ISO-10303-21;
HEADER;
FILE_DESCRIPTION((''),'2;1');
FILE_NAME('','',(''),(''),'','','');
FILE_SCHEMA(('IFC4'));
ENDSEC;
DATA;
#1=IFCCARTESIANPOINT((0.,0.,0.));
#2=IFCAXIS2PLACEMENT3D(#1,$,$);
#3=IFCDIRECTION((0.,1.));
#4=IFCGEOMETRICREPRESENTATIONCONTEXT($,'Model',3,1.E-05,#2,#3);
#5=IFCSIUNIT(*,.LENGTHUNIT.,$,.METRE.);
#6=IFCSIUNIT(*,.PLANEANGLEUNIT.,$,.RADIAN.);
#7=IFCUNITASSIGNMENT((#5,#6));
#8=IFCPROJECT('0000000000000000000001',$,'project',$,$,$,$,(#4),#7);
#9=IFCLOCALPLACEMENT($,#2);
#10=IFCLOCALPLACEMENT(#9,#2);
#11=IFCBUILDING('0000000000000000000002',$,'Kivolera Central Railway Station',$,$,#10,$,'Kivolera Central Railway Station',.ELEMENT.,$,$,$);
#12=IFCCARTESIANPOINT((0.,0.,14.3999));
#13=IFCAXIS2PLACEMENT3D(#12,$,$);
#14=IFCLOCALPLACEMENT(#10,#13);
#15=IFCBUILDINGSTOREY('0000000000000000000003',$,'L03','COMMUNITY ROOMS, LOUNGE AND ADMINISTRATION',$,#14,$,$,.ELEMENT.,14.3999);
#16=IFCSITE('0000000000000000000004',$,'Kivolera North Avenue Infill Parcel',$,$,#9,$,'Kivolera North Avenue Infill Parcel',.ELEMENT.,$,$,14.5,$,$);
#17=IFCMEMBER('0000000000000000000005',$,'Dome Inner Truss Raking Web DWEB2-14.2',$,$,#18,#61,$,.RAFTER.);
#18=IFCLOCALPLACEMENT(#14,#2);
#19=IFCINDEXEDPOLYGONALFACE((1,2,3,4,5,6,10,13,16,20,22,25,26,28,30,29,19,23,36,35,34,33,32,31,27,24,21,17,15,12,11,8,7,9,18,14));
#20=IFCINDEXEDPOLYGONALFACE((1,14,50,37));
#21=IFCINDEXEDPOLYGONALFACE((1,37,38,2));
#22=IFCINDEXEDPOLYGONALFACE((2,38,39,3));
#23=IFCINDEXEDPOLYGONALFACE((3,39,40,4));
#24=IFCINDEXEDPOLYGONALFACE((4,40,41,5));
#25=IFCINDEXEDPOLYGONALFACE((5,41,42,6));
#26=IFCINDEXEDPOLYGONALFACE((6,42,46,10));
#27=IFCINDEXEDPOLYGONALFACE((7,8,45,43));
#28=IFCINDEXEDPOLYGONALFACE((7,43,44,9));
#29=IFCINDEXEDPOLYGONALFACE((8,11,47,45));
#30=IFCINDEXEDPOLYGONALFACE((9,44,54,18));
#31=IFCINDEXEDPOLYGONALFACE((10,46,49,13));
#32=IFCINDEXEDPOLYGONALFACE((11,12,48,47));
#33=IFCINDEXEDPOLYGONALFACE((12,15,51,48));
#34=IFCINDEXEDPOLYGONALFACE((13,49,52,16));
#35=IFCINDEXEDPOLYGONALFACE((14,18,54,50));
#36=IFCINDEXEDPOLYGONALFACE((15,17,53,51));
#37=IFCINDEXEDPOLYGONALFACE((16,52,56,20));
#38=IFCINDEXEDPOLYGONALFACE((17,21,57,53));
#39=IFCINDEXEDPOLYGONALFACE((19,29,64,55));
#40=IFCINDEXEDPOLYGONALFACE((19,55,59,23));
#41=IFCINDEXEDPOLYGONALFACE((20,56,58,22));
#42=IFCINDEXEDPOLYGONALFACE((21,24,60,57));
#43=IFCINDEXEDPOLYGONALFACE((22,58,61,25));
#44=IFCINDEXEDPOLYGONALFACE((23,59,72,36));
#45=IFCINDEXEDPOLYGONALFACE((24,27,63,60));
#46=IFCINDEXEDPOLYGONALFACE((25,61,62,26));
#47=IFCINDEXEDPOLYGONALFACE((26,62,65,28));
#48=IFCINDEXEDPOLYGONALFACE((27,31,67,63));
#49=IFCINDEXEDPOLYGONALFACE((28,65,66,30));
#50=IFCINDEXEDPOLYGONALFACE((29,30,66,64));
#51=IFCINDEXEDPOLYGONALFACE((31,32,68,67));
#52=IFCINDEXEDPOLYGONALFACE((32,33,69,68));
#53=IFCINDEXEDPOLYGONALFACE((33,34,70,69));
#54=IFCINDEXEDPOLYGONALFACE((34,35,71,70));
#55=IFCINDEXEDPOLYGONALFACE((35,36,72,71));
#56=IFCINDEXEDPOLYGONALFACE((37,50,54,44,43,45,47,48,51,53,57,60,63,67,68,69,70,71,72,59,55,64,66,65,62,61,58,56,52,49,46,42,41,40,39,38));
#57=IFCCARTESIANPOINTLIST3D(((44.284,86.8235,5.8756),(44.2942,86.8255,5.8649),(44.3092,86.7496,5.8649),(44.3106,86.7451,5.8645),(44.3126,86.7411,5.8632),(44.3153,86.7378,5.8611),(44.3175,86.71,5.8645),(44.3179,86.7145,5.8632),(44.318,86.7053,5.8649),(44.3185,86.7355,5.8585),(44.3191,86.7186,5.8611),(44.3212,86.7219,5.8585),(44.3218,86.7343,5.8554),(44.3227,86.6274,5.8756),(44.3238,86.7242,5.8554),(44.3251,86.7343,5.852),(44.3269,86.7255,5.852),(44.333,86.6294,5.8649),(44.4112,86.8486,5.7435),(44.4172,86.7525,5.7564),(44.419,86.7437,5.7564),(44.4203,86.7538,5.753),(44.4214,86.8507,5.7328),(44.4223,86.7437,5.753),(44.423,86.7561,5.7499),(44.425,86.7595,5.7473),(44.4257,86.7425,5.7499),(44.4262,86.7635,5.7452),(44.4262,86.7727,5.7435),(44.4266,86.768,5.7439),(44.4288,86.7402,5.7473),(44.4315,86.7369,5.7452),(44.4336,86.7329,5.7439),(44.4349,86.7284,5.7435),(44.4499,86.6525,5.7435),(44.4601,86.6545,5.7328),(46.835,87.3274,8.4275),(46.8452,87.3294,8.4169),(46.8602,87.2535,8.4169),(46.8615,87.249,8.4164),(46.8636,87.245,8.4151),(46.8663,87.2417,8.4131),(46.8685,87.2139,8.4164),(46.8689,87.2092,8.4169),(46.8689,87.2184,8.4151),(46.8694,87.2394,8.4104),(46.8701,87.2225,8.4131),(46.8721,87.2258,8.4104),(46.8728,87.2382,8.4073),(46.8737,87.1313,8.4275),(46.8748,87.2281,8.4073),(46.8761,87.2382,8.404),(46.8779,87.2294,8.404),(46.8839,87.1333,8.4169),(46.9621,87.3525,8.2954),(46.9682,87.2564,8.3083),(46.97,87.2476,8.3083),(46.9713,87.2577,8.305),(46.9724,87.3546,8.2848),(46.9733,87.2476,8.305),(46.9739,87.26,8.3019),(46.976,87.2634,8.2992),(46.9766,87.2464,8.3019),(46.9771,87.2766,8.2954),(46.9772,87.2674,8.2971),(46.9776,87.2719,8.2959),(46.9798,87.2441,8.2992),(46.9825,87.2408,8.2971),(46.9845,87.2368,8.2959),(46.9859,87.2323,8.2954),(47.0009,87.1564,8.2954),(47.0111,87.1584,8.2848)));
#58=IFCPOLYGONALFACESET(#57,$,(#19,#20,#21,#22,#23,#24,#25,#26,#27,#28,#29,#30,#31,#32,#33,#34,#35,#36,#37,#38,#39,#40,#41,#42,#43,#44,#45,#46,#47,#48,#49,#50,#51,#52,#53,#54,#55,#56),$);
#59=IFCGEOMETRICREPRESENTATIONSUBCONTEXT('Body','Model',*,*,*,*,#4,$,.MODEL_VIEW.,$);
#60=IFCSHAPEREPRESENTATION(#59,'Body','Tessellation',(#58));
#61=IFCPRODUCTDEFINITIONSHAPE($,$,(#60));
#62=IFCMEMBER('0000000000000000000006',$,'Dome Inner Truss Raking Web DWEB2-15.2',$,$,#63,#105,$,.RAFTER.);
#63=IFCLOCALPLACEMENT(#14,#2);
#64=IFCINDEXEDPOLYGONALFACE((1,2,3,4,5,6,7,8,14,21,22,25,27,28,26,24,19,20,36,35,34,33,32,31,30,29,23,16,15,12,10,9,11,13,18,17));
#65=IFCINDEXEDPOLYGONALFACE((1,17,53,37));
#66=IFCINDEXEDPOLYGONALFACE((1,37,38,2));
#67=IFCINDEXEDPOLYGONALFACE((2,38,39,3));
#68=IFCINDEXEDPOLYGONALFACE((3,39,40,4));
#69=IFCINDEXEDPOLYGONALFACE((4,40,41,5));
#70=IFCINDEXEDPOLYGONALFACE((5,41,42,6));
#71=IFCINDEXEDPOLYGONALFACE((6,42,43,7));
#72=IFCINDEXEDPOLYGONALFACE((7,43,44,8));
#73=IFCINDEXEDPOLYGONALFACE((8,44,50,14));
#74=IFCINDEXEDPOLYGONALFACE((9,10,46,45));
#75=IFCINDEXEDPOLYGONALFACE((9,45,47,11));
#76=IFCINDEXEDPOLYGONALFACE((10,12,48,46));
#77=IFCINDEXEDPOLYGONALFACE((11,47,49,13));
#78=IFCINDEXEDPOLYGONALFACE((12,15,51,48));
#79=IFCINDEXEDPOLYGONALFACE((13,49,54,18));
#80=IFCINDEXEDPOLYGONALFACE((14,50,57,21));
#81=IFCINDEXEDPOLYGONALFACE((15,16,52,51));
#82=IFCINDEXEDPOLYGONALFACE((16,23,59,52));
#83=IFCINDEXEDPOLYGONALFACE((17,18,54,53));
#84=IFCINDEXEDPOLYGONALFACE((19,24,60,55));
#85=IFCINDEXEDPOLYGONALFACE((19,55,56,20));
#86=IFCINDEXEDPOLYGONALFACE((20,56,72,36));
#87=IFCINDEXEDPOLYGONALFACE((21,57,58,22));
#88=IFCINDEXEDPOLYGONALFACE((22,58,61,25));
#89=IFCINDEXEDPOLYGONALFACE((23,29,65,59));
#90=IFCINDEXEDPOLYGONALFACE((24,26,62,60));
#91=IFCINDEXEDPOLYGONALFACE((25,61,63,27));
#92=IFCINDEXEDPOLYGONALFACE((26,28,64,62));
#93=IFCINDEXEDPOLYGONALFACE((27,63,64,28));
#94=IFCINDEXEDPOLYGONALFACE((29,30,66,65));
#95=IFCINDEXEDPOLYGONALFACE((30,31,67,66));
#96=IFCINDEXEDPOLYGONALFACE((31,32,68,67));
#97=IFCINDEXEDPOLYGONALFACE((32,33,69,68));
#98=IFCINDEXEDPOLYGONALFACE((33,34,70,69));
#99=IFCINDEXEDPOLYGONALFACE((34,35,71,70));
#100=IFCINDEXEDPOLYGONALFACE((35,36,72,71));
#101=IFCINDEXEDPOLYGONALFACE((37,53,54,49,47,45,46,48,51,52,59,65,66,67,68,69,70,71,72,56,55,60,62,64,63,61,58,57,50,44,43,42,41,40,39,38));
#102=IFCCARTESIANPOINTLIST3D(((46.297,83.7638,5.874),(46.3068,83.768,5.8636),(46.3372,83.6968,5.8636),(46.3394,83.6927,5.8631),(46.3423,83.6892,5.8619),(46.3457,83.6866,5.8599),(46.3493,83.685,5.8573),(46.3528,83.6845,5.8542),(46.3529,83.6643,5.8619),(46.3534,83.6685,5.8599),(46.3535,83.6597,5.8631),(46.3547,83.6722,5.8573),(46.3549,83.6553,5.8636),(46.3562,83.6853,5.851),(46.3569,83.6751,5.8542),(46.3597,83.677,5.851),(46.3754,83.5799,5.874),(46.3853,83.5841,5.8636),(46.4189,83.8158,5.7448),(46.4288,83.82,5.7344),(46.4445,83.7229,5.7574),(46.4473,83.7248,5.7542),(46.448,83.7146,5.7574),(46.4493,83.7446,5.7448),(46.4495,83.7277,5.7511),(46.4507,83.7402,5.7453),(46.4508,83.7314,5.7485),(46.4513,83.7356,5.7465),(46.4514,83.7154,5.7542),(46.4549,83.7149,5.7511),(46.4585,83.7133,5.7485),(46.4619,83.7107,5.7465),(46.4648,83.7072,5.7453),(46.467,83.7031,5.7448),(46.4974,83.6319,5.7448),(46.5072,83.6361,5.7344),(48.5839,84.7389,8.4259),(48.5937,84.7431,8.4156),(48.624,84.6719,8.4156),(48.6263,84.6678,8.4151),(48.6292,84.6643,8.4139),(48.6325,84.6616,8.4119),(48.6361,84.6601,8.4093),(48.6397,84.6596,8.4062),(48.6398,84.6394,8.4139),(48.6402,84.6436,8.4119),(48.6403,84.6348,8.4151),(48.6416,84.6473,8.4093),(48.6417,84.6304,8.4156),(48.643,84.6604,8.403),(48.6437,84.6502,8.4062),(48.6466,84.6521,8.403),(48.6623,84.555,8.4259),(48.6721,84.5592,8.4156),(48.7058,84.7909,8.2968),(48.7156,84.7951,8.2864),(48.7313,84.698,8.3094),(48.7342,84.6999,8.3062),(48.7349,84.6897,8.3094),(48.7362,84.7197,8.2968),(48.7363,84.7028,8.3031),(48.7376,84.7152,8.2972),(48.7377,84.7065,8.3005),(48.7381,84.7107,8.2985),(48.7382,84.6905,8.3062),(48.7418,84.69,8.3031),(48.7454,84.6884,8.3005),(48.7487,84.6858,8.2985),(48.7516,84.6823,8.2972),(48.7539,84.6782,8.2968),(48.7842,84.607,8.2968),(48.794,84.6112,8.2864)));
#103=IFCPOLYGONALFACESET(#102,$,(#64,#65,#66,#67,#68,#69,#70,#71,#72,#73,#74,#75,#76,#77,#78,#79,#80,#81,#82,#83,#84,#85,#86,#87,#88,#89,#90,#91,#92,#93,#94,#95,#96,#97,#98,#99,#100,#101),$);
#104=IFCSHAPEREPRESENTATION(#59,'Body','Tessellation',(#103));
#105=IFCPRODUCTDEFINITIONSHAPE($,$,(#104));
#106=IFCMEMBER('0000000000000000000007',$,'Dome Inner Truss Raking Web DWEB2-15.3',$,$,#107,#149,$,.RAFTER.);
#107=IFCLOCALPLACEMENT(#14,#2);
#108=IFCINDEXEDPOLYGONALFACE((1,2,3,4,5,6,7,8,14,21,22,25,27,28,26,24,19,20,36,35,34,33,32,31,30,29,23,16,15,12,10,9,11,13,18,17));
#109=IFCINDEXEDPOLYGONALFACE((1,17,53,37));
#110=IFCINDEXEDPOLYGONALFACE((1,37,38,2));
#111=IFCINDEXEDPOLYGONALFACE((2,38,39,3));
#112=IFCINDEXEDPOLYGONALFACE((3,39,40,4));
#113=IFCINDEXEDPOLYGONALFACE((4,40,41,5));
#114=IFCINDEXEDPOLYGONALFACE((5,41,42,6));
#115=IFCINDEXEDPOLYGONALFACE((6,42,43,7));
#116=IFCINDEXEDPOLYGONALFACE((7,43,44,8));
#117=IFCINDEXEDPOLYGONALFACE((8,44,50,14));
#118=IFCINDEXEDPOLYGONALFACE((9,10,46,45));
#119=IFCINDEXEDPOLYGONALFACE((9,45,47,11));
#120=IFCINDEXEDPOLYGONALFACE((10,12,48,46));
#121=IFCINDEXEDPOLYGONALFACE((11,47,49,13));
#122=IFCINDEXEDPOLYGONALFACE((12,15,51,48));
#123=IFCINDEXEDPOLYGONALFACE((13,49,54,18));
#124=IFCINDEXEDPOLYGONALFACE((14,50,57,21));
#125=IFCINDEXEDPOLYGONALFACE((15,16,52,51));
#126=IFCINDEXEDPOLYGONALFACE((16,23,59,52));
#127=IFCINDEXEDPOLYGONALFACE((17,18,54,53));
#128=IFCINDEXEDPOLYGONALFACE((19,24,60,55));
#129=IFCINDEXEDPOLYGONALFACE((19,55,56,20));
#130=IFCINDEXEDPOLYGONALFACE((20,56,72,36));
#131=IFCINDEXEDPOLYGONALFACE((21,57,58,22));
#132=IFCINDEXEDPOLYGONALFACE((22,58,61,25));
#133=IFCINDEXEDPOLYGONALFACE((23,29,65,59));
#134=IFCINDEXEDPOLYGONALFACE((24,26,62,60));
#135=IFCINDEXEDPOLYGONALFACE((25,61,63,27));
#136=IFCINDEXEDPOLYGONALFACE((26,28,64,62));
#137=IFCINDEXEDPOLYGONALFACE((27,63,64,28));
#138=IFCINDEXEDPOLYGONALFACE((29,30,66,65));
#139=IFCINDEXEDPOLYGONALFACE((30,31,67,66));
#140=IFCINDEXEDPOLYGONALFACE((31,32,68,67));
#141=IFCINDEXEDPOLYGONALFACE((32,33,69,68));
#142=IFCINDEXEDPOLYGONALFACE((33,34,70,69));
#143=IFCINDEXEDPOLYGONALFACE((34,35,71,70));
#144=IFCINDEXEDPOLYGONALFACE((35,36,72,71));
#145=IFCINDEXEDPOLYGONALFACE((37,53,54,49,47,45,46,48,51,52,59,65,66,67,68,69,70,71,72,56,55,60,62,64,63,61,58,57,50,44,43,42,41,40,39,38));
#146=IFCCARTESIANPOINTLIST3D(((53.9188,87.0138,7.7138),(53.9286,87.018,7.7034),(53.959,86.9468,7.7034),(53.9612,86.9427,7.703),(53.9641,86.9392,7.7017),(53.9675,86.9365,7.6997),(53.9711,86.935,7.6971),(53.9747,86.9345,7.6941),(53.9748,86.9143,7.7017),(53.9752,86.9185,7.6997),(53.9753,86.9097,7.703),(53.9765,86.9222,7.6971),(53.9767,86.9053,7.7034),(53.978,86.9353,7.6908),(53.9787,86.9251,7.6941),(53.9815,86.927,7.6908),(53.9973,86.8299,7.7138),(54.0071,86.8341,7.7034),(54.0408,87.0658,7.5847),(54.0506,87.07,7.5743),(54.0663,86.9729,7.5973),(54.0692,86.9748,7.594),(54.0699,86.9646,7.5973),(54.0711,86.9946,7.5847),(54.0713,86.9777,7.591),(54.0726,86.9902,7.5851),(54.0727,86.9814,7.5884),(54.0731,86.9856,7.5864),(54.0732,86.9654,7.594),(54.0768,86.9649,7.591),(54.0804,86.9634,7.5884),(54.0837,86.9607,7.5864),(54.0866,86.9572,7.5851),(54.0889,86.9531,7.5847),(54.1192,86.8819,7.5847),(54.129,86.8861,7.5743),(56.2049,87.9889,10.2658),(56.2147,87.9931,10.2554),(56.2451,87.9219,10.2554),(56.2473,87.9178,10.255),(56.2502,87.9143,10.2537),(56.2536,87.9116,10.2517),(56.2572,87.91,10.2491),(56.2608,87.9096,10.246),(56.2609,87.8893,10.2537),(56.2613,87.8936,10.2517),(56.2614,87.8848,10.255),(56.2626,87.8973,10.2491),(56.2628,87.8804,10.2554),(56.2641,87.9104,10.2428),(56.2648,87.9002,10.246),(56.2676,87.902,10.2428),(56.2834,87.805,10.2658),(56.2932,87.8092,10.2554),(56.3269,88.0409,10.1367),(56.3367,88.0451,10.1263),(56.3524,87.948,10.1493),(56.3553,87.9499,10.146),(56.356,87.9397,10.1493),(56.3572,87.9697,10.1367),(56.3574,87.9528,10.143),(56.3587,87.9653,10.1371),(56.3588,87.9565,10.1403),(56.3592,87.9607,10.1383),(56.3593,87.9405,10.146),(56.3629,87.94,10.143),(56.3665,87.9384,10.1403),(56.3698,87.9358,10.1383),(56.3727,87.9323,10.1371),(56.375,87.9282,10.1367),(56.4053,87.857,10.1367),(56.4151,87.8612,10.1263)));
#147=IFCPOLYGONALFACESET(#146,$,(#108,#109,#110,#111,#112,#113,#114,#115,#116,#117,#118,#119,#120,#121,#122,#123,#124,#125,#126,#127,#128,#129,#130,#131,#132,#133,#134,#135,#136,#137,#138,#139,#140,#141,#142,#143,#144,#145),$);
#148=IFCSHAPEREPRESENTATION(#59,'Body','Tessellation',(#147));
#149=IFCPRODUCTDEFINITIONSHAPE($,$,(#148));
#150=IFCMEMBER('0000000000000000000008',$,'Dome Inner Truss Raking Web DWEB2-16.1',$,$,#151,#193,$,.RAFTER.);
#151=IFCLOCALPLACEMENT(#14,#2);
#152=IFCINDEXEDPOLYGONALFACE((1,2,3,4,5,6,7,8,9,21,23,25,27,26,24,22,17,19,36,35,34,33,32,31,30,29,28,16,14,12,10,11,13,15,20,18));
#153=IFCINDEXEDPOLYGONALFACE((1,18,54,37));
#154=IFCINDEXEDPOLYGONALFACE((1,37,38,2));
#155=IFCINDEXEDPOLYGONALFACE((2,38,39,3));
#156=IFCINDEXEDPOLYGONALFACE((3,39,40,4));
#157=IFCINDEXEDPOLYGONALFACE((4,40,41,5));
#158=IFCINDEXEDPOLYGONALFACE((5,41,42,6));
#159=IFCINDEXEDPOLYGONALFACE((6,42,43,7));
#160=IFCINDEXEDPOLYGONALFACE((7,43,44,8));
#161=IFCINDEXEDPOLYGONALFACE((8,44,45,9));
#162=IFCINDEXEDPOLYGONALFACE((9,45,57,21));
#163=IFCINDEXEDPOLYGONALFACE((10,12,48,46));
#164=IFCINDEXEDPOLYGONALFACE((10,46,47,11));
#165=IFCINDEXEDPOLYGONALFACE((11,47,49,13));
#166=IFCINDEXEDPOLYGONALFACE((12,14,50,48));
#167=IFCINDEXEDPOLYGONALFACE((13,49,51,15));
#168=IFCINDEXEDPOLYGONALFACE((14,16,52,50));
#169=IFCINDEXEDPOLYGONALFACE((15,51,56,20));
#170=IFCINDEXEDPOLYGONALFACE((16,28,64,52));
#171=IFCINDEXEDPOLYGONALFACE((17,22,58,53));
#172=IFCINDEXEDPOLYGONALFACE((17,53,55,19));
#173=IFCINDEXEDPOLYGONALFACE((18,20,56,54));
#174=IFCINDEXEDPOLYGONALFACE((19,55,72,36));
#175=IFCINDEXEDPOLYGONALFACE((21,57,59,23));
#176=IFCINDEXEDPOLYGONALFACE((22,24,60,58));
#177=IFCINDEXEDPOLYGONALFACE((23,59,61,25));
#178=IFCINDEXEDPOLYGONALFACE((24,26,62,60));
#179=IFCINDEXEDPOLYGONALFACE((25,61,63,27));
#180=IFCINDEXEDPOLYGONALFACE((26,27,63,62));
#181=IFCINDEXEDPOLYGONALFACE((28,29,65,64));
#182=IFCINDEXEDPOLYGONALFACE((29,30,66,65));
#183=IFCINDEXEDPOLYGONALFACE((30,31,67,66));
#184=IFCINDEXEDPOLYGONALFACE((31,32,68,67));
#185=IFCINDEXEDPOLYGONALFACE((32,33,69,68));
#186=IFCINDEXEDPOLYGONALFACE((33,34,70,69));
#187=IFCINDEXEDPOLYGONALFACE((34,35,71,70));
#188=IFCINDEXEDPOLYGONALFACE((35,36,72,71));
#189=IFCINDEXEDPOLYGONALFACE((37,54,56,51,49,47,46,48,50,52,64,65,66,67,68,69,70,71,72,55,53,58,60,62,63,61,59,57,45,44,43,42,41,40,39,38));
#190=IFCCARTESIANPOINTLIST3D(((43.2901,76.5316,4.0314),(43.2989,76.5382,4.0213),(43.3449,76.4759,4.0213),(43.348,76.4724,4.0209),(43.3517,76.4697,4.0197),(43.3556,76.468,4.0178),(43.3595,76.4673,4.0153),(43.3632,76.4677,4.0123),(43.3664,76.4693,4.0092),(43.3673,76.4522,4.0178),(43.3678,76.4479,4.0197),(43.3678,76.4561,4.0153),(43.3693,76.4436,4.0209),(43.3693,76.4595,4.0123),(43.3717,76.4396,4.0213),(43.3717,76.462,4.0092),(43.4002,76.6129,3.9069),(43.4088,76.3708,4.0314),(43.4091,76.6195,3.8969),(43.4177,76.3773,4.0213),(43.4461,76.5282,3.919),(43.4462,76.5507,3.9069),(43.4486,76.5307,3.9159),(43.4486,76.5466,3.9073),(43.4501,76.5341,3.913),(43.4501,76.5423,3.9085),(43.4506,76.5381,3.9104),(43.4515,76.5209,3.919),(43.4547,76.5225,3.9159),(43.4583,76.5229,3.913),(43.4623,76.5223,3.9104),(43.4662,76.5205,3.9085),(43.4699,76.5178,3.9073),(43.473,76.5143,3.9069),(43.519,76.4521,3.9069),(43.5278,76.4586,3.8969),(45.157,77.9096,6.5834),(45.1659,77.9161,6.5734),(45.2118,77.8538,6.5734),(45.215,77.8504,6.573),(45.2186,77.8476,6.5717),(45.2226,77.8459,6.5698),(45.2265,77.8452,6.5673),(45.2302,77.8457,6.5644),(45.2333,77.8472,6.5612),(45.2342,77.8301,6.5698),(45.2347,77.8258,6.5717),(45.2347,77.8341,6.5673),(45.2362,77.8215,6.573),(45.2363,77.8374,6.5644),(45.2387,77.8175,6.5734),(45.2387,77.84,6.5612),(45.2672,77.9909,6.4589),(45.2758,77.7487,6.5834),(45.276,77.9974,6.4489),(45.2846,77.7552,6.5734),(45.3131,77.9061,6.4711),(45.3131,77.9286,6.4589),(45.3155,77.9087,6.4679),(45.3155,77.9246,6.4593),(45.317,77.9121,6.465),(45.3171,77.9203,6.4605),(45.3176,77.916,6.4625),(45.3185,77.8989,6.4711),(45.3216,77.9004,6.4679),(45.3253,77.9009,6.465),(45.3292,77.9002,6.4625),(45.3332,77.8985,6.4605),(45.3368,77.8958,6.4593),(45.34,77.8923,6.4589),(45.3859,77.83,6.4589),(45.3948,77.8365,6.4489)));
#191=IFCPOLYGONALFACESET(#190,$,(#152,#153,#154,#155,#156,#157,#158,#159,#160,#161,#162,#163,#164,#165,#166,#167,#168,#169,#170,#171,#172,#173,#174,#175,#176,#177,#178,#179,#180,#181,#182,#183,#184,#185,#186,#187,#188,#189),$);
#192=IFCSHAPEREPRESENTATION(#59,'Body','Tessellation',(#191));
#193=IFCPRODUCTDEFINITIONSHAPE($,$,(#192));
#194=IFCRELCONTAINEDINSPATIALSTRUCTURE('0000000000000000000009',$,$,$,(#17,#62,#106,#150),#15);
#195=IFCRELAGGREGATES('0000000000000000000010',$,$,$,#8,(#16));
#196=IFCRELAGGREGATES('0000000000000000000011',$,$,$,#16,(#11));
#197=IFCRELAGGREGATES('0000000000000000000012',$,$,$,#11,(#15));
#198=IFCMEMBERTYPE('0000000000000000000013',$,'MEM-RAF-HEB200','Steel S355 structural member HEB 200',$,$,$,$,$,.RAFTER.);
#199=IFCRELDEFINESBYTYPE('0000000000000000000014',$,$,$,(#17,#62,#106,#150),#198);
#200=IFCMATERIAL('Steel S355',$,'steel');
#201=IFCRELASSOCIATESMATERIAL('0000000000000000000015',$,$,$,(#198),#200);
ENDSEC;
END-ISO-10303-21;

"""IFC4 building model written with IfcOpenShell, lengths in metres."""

from ifc_helpers import new_model, si_unit, direction, frame, origin, origin_2d, place, context, subcontext, project, spatial, i_section, extrude, material, material_profile, profile_set, type_object, element, save


model = new_model("IFC4")

# Units and contexts
model_context = context("Model", 3, precision=1e-05, world=origin(), true_north=direction((0.0, 1.0)))
body_context = subcontext(model_context, "Body", "Model", "MODEL_VIEW")
ifc_project = project(units=[si_unit("LENGTHUNIT", "METRE"), si_unit("PLANEANGLEUNIT", "RADIAN")], contexts=[model_context])

# Site, building, storey
site_placement = place(None, origin())
site = spatial("IfcSite", under=ifc_project, at=site_placement, Name="Kivolera North Avenue Infill Parcel", LongName="Kivolera North Avenue Infill Parcel", CompositionType="ELEMENT", RefElevation=14.5)
building_placement = place(site_placement, origin())
building = spatial("IfcBuilding", under=site, at=building_placement, Name="Kivolera Central Railway Station", LongName="Kivolera Central Railway Station", CompositionType="ELEMENT")
storey_placement = place(building_placement, frame((0.0, 0.0, 14.3999)))
storey = spatial("IfcBuildingStorey", under=building, at=storey_placement, Name="L03", Description="COMMUNITY ROOMS, LOUNGE AND ADMINISTRATION", CompositionType="ELEMENT", Elevation=14.3999)

# Shared definitions
ifc_material_1 = material(Name="Steel S355", Category="steel")

# Members
ifc_material_profile_1 = material_profile(ifc_material_1, i_section(OverallWidth=0.2, OverallDepth=0.2, WebThickness=0.009, FlangeThickness=0.0149, FilletRadius=0.0181, at=origin_2d()), Name="HEB 200")
ifc_profile_set_1 = profile_set([ifc_material_profile_1], Name="Steel S355")
member_type_1 = type_object("IfcMemberType", Name="MEM-RAF-HEB200", Description="Steel S355 structural member HEB 200", PredefinedType="RAFTER", material=ifc_profile_set_1)
member_1_placement = place(storey_placement, frame((44.3721, 86.739, 5.8042), z_axis=(0.700177, 0.138307, 0.700445), x_axis=(-0.193786, 0.981044, 0.0)))
element("IfcMember", 1, at=member_1_placement, inside=storey, type_object=member_type_1, Name="Dome Inner Truss Raking Web DWEB2-14.2", PredefinedType="RAFTER", context=body_context, shape_type="SweptSolid", body=[
    extrude(i_section(OverallWidth=0.2, OverallDepth=0.2, WebThickness=0.009, FlangeThickness=0.0149, FilletRadius=0.0181, at=origin_2d()), origin(), (0.0, 0.0, 1.0), 3.6433),
])
member_2_placement = place(storey_placement, frame((46.4021, 83.7, 5.8042), z_axis=(0.64188, 0.273691, 0.716298), x_axis=(-0.392224, 0.91987, 0.0)))
element("IfcMember", 2, at=member_2_placement, inside=storey, type_object=member_type_1, Name="Dome Inner Truss Raking Web DWEB2-15.2", PredefinedType="RAFTER", context=body_context, shape_type="SweptSolid", body=[
    extrude(i_section(OverallWidth=0.2, OverallDepth=0.2, WebThickness=0.009, FlangeThickness=0.0149, FilletRadius=0.0181, at=origin_2d()), origin(), (0.0, 0.0, 1.0), 3.5627),
])
member_3_placement = place(storey_placement, frame((54.0239, 86.95, 7.644), z_axis=(0.641759, 0.273728, 0.716393), x_axis=(-0.39233, 0.919824, 0.0)))
element("IfcMember", 3, at=member_3_placement, inside=storey, type_object=member_type_1, Name="Dome Inner Truss Raking Web DWEB2-15.3", PredefinedType="RAFTER", context=body_context, shape_type="SweptSolid", body=[
    extrude(i_section(OverallWidth=0.2, OverallDepth=0.2, WebThickness=0.009, FlangeThickness=0.0149, FilletRadius=0.0181, at=origin_2d()), origin(), (0.0, 0.0, 1.0), 3.5623),
])
member_4_placement = place(storey_placement, frame((43.4089, 76.4951, 3.9641), z_axis=(0.541271, 0.399494, 0.739885), x_axis=(-0.593838, 0.804585, 0.0)))
element("IfcMember", 4, at=member_4_placement, inside=storey, type_object=member_type_1, Name="Dome Inner Truss Raking Web DWEB2-16.1", PredefinedType="RAFTER", context=body_context, shape_type="SweptSolid", body=[
    extrude(i_section(OverallWidth=0.2, OverallDepth=0.2, WebThickness=0.009, FlangeThickness=0.0149, FilletRadius=0.0181, at=origin_2d()), origin(), (0.0, 0.0, 1.0), 3.4492),
])

save(model, "model.ifc")
